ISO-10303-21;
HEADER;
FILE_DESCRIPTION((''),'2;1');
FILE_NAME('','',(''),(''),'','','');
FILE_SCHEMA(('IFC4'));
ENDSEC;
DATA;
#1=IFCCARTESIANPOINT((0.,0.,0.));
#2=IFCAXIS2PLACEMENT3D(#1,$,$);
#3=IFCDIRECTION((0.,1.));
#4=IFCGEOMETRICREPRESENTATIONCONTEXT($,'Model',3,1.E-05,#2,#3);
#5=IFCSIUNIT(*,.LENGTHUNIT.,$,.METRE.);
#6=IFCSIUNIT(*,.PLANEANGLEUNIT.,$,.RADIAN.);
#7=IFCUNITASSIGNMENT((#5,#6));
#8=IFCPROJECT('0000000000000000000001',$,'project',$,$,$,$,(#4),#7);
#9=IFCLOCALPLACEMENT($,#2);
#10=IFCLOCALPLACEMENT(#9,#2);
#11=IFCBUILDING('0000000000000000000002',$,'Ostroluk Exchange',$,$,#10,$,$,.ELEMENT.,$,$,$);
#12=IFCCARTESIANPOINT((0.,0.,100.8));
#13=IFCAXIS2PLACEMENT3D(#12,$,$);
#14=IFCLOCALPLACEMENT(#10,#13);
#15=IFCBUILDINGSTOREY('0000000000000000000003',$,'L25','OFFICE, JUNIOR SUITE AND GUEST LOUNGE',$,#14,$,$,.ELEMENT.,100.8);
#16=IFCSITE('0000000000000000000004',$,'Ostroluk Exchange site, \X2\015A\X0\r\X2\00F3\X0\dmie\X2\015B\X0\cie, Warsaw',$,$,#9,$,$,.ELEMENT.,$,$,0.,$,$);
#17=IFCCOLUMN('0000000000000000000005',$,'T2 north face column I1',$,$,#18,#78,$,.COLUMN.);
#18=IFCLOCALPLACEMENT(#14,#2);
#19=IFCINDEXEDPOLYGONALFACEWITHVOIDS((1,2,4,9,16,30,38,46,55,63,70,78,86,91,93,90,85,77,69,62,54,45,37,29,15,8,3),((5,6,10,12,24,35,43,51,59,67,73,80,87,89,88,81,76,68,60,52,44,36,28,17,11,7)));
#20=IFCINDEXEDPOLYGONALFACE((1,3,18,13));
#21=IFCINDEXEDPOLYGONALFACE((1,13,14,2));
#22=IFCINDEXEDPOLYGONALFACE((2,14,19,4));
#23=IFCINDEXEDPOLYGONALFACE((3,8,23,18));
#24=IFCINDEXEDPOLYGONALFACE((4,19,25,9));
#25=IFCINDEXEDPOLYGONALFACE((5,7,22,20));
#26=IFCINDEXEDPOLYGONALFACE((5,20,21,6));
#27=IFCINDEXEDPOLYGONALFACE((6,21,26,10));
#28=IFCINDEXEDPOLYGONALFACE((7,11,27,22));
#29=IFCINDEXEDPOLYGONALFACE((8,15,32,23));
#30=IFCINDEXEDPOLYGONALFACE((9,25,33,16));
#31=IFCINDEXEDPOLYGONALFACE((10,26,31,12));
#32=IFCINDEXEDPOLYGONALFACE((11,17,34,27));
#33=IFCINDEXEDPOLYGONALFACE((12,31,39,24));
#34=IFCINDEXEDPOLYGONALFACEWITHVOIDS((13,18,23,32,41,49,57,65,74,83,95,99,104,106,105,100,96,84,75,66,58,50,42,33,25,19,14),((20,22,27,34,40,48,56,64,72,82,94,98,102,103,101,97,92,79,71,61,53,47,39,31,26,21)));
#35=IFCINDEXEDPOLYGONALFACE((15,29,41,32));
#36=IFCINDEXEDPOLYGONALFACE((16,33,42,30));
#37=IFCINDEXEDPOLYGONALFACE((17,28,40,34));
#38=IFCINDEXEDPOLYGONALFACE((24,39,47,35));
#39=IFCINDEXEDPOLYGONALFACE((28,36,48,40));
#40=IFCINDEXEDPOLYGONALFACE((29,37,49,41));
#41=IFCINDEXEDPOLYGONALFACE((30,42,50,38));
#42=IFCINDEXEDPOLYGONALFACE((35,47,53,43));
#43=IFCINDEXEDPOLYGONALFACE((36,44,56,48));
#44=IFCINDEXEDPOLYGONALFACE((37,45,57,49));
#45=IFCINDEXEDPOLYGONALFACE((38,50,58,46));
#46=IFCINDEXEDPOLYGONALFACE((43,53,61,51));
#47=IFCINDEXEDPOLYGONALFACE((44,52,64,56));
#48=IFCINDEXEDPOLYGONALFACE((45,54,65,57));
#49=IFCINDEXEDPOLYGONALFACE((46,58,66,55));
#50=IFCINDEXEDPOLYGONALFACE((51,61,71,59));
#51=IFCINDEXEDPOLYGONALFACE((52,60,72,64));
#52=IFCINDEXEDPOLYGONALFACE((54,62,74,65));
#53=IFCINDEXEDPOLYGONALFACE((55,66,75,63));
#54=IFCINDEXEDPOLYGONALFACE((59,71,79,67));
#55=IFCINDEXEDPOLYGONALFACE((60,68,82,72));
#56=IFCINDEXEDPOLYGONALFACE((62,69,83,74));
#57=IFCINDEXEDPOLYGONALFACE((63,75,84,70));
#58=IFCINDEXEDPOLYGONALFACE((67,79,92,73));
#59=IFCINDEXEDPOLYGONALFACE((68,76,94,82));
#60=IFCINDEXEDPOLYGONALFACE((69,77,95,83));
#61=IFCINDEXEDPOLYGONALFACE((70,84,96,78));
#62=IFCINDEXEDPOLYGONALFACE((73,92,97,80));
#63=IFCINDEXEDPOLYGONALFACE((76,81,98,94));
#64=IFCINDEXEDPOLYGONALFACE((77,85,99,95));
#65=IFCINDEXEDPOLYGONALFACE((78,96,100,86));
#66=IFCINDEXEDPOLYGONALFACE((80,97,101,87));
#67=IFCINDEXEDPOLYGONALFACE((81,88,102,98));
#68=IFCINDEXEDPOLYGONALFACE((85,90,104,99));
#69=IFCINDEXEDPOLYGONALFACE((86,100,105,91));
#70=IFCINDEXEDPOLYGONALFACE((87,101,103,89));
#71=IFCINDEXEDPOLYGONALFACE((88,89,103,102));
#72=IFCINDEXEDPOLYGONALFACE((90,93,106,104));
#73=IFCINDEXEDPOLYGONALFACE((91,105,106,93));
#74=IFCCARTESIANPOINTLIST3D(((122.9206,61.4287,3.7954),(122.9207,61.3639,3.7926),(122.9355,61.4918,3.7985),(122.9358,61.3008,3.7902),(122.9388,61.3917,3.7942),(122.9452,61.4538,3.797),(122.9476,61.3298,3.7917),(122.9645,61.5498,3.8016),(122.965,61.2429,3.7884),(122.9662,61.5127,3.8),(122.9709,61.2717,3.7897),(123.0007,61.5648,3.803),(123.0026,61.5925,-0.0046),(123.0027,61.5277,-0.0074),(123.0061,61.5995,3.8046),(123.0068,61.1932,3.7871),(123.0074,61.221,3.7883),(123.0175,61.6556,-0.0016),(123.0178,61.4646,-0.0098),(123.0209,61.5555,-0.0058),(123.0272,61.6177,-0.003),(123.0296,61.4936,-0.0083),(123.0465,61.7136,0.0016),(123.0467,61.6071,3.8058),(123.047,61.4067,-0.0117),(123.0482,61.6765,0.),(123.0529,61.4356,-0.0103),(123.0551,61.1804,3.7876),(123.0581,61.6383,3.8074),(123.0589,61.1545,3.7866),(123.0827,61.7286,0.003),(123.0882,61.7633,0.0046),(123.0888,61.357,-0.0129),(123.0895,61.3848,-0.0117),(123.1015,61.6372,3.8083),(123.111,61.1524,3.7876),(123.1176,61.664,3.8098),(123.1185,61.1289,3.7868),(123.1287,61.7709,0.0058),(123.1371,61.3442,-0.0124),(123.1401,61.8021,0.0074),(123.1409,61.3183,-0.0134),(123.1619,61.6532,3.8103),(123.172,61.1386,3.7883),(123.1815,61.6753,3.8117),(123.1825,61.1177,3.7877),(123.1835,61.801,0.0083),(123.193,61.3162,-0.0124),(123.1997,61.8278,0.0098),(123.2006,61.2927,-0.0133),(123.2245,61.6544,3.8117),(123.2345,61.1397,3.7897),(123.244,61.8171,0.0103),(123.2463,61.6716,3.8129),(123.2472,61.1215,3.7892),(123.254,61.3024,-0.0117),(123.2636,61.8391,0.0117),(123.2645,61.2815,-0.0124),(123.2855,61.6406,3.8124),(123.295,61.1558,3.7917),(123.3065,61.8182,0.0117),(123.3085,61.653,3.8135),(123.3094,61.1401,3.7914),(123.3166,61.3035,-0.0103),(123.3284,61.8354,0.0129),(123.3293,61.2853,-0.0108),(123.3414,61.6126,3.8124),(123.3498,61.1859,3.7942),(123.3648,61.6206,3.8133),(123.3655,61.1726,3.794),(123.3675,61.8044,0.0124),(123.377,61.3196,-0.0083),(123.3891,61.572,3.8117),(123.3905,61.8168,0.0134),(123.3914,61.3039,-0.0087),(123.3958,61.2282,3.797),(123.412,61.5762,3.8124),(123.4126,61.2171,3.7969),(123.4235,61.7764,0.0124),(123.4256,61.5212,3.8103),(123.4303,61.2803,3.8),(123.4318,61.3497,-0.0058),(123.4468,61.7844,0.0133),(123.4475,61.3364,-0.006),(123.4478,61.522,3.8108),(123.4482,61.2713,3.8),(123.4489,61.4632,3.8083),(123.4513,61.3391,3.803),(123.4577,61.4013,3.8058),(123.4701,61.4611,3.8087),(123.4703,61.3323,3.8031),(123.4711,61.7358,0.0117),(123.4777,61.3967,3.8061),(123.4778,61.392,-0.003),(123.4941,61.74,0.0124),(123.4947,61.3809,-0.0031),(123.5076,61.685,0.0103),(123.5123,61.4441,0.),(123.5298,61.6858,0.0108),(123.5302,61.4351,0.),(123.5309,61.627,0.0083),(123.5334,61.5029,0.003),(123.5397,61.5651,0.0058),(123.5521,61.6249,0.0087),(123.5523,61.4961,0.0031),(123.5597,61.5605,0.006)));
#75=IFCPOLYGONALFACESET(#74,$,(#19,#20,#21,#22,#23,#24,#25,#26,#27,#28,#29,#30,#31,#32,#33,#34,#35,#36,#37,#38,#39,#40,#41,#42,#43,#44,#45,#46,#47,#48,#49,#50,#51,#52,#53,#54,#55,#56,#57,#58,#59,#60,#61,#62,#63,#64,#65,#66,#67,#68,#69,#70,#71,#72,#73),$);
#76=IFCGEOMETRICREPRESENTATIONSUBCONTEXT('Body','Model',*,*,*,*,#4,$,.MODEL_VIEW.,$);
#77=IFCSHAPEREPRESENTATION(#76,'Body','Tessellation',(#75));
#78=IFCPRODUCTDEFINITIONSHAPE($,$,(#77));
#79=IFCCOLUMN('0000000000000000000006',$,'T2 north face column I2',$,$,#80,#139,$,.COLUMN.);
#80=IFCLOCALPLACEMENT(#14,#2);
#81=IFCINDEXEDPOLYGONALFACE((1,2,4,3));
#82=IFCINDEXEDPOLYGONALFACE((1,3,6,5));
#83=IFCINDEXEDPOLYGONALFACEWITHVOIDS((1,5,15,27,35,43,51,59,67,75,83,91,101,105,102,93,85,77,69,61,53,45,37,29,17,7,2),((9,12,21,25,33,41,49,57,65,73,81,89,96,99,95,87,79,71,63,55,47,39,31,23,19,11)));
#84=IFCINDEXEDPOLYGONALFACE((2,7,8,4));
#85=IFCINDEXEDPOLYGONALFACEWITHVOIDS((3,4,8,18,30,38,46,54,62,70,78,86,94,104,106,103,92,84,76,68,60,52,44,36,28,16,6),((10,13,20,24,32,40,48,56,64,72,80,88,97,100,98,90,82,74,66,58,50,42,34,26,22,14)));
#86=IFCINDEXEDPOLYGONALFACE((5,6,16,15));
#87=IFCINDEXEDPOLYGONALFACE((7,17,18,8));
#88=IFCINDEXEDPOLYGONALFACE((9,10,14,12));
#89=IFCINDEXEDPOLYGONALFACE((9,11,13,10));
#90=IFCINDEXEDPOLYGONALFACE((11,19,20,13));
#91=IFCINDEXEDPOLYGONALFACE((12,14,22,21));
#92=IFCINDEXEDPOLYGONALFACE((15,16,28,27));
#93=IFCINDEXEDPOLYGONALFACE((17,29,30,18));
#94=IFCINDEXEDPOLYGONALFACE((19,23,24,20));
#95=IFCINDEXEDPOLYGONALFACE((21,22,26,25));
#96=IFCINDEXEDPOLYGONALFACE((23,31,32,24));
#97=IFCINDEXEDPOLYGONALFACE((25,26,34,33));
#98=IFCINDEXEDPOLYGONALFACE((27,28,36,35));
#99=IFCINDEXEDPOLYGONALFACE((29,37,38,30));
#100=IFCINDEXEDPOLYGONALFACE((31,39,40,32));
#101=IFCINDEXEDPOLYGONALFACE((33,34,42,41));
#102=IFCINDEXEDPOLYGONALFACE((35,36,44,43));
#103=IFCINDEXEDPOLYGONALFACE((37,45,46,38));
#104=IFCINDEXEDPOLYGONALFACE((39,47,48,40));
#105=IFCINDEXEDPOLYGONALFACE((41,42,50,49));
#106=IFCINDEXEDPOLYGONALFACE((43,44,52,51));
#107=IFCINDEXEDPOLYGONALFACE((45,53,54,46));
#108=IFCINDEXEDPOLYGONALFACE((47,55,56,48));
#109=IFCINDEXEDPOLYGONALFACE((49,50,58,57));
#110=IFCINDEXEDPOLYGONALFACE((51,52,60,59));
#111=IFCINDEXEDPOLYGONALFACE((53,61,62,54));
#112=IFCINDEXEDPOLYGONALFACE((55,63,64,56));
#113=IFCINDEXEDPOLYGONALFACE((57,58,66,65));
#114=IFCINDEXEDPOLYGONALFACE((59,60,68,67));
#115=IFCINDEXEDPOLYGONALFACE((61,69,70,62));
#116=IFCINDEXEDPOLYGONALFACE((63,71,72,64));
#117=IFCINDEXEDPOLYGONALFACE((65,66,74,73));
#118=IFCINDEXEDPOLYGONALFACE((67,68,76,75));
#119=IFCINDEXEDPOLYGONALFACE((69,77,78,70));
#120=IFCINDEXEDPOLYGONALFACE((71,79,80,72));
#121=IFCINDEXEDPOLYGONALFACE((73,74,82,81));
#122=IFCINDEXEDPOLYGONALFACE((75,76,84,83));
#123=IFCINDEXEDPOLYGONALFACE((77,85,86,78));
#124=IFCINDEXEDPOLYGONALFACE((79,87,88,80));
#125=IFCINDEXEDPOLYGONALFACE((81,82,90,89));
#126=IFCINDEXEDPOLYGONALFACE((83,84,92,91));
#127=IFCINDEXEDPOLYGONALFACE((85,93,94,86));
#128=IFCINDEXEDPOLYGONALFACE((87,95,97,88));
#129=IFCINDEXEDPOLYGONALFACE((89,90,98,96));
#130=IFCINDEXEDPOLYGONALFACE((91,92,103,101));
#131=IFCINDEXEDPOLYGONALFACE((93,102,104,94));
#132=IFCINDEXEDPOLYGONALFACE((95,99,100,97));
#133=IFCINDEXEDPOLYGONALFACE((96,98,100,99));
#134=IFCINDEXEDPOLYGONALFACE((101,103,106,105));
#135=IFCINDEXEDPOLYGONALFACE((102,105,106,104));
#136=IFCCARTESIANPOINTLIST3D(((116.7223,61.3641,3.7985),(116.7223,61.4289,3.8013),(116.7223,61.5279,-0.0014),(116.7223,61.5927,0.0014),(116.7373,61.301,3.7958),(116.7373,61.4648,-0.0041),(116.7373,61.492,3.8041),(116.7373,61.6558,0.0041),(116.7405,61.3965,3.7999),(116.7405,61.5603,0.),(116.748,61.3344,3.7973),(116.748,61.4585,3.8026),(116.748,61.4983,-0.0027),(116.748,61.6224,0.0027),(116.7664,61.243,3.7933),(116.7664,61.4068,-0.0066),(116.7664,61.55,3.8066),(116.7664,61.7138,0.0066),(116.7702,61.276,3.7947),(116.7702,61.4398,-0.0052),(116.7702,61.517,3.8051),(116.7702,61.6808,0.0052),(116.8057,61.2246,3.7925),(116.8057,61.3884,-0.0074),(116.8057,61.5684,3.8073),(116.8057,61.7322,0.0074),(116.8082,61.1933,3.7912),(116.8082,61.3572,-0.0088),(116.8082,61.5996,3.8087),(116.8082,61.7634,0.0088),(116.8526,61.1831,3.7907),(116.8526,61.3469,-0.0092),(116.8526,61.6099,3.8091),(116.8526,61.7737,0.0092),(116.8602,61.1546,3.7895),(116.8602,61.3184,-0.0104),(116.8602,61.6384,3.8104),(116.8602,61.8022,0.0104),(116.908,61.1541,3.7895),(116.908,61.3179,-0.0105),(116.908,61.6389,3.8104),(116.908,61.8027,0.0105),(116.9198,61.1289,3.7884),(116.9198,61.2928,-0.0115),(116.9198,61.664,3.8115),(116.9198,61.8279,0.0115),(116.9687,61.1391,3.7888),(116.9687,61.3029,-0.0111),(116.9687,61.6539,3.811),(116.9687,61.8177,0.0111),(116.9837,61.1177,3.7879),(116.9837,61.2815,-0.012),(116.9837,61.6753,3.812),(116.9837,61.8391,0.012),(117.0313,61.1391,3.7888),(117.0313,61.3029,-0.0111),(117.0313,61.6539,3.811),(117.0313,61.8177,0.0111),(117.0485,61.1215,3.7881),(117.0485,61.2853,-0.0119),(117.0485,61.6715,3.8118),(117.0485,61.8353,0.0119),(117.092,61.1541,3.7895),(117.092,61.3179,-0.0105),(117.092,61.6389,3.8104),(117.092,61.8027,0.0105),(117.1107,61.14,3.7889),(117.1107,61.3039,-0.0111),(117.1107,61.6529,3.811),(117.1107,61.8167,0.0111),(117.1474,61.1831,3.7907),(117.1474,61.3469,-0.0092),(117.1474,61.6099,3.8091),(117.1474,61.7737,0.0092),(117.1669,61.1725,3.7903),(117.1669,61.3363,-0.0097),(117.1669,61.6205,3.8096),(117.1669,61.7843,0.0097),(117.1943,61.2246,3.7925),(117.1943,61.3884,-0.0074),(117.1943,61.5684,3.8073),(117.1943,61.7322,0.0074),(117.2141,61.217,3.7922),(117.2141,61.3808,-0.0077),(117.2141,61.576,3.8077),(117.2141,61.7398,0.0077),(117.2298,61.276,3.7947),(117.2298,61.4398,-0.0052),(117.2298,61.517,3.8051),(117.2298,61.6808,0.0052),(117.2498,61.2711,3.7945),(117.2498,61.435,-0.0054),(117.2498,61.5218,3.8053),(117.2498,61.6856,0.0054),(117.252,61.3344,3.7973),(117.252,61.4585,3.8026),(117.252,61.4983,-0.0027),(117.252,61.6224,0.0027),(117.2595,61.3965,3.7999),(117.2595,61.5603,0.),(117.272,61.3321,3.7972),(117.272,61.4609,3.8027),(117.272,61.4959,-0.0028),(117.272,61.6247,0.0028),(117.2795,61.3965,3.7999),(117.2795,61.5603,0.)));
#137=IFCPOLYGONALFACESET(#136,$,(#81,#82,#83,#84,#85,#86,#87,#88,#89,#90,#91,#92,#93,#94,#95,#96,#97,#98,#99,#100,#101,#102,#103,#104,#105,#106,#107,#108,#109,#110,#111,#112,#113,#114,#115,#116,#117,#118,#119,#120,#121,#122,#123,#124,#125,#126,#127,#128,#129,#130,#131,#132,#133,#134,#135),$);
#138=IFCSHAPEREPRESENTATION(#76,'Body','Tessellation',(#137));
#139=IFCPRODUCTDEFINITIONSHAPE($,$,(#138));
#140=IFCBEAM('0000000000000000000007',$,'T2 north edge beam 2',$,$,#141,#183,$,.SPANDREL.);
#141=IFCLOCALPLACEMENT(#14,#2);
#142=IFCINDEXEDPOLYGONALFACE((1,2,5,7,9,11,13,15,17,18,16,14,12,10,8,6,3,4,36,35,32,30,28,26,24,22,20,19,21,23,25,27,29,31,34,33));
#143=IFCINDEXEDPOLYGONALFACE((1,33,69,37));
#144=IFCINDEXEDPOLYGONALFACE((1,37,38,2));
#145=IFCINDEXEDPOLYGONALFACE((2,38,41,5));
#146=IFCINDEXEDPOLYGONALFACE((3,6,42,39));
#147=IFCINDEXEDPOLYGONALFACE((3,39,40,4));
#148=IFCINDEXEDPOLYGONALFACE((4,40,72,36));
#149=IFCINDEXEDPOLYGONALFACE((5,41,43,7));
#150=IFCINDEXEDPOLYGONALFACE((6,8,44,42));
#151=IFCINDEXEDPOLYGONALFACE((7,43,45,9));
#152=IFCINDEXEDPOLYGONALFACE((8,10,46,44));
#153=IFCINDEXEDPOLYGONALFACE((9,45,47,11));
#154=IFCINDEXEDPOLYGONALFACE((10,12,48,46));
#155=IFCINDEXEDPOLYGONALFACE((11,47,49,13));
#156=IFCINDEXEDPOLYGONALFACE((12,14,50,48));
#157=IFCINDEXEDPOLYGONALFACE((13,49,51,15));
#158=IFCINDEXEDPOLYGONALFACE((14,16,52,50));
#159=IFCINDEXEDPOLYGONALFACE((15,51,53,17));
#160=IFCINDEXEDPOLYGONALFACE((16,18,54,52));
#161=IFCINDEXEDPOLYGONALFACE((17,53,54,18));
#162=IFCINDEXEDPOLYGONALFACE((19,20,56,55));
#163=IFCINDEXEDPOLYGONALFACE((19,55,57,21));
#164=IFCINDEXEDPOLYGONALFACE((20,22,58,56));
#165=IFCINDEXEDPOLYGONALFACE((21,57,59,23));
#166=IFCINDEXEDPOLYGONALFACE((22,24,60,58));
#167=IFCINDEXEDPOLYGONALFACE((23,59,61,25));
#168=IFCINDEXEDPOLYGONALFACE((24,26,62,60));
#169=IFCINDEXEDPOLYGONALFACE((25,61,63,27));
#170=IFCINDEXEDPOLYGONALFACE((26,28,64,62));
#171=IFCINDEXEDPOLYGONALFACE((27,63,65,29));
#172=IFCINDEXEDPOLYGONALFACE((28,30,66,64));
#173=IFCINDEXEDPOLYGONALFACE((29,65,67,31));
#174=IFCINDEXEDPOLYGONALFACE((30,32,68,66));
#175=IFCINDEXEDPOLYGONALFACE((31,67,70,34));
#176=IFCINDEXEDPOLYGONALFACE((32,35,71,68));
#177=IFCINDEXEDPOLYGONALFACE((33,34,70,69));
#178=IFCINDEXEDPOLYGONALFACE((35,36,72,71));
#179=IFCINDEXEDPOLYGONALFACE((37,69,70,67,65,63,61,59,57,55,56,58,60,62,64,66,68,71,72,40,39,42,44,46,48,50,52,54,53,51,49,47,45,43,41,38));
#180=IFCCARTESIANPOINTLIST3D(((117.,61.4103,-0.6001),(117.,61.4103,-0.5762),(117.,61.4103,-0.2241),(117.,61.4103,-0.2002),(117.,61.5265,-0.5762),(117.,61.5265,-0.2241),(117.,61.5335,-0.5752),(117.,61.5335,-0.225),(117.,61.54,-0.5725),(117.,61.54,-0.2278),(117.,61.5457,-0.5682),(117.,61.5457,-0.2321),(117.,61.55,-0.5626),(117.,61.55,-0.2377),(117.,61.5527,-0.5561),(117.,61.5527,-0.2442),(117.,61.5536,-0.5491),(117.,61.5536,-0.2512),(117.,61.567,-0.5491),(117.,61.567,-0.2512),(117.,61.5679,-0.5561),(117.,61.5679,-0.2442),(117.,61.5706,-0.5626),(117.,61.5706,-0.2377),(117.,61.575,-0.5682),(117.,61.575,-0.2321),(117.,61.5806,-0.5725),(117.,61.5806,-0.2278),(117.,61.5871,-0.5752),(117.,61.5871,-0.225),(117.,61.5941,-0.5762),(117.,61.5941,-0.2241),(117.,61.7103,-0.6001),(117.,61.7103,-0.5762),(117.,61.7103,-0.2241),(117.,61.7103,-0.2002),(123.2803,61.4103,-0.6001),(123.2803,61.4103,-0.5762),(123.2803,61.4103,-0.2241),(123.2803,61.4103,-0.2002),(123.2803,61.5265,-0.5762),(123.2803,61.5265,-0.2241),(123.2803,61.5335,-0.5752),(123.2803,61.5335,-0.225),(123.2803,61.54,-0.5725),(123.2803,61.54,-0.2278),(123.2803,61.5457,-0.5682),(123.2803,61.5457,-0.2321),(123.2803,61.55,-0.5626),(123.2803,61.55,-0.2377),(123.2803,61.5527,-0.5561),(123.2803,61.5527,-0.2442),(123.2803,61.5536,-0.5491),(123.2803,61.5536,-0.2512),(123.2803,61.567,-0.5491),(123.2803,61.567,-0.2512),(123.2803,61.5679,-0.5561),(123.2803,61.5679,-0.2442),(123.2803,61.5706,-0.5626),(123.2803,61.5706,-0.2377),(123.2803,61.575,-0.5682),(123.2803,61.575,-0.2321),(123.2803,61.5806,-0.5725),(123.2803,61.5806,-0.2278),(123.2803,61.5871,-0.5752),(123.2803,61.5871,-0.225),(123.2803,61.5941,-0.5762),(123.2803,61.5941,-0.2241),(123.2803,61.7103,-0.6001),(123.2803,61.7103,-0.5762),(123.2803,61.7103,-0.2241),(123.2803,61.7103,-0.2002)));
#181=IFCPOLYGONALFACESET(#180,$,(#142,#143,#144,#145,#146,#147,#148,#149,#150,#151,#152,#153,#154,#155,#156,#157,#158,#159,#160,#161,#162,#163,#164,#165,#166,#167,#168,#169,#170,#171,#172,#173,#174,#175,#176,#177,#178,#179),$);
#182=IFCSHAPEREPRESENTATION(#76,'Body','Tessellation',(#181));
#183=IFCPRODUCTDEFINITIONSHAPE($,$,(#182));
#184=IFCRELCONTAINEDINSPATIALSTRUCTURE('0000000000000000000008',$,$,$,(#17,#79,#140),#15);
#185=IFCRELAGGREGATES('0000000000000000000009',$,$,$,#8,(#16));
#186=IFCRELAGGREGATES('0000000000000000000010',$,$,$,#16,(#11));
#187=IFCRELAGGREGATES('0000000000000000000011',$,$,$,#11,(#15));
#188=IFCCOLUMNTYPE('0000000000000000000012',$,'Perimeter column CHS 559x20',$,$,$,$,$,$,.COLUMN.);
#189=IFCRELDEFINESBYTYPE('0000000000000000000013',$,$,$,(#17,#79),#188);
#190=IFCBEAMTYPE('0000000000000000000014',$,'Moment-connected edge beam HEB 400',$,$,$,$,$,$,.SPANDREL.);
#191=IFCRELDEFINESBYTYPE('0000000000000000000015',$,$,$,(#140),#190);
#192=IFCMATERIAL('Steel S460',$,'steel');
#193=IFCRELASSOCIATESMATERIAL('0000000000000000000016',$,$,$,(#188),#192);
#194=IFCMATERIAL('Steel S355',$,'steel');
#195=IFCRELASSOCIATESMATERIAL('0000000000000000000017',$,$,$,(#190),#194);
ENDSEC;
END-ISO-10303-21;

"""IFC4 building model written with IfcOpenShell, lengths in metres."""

from ifc_helpers import new_model, si_unit, direction, frame, origin, origin_2d, place, context, subcontext, project, spatial, hollow_circle, i_section, extrude, material, material_profile, profile_set, type_object, element, save


model = new_model("IFC4")

# Units and contexts
model_context = context("Model", 3, precision=1e-05, world=origin(), true_north=direction((0.0, 1.0)))
body_context = subcontext(model_context, "Body", "Model", "MODEL_VIEW")
ifc_project = project(units=[si_unit("LENGTHUNIT", "METRE"), si_unit("PLANEANGLEUNIT", "RADIAN")], contexts=[model_context])

# Site, building, storey
site_placement = place(None, origin())
site = spatial("IfcSite", under=ifc_project, at=site_placement, Name="Ostroluk Exchange site, Śródmieście, Warsaw", CompositionType="ELEMENT", RefElevation=0.0)
building_placement = place(site_placement, origin())
building = spatial("IfcBuilding", under=site, at=building_placement, Name="Ostroluk Exchange", CompositionType="ELEMENT")
storey_placement = place(building_placement, frame((0.0, 0.0, 100.8)))
storey = spatial("IfcBuildingStorey", under=building, at=storey_placement, Name="L25", Description="OFFICE, JUNIOR SUITE AND GUEST LOUNGE", CompositionType="ELEMENT", Elevation=100.8)

# Columns
ifc_material_1 = material(Name="Steel S460", Category="steel")
ifc_material_profile_1 = material_profile(ifc_material_1, hollow_circle(Radius=0.2795, WallThickness=0.02, at=origin_2d()), Name="CHS 559x20")
ifc_profile_set_1 = profile_set([ifc_material_profile_1], Name="Steel S460")
column_type = type_object("IfcColumnType", Name="Perimeter column CHS 559x20", PredefinedType="COLUMN", material=ifc_profile_set_1)
column_1_placement = place(storey_placement, frame((123.2803, 61.5603, 0.0), z_axis=(-0.021562, -0.04306, 0.99884), x_axis=(0.894161, -0.447747, 0.0)))
element("IfcColumn", 1, at=column_1_placement, inside=storey, type_object=column_type, Name="T2 north face column I1", PredefinedType="COLUMN", context=body_context, shape_type="SweptSolid", body=[
    extrude(hollow_circle(Radius=0.2795, WallThickness=0.02, at=origin_2d()), origin(), (0.0, 0.0, 1.0), 3.8044),
])
column_2_placement = place(storey_placement, frame((117.0, 61.5603, 0.0), z_axis=(0.0, -0.04307, 0.999072), x_axis=(1.0, 0.0, 0.0)))
element("IfcColumn", 2, at=column_2_placement, inside=storey, type_object=column_type, Name="T2 north face column I2", PredefinedType="COLUMN", context=body_context, shape_type="SweptSolid", body=[
    extrude(hollow_circle(Radius=0.2795, WallThickness=0.02, at=origin_2d()), origin(), (0.0, 0.0, 1.0), 3.8035),
])

# Beam
ifc_material_2 = material(Name="Steel S355", Category="steel")
ifc_material_profile_2 = material_profile(ifc_material_2, i_section(OverallWidth=0.3, OverallDepth=0.3999, WebThickness=0.0134, FlangeThickness=0.0239, FilletRadius=0.0271, at=origin_2d()), Name="HEB 400")
ifc_profile_set_2 = profile_set([ifc_material_profile_2], Name="Steel S355")
beam_type = type_object("IfcBeamType", Name="Moment-connected edge beam HEB 400", PredefinedType="SPANDREL", material=ifc_profile_set_2)
for number, where, z_axis, x_axis, name in (
    (3, (123.2803, 61.5603, -0.4001), (-1.0, 0.0, 0.0), (0.0, -1.0, 0.0), "T2 north edge beam 2"),
):
    element("IfcBeam", number, at=place(storey_placement, frame(where, z_axis=z_axis, x_axis=x_axis)), inside=storey, type_object=beam_type, Name=name, PredefinedType="SPANDREL", context=body_context, shape_type="SweptSolid", body=[
        extrude(i_section(OverallWidth=0.3, OverallDepth=0.3999, WebThickness=0.0134, FlangeThickness=0.0239, FilletRadius=0.0271, at=origin_2d()), origin(), (0.0, 0.0, 1.0), 6.2803),
    ])

save(model, "model.ifc")
